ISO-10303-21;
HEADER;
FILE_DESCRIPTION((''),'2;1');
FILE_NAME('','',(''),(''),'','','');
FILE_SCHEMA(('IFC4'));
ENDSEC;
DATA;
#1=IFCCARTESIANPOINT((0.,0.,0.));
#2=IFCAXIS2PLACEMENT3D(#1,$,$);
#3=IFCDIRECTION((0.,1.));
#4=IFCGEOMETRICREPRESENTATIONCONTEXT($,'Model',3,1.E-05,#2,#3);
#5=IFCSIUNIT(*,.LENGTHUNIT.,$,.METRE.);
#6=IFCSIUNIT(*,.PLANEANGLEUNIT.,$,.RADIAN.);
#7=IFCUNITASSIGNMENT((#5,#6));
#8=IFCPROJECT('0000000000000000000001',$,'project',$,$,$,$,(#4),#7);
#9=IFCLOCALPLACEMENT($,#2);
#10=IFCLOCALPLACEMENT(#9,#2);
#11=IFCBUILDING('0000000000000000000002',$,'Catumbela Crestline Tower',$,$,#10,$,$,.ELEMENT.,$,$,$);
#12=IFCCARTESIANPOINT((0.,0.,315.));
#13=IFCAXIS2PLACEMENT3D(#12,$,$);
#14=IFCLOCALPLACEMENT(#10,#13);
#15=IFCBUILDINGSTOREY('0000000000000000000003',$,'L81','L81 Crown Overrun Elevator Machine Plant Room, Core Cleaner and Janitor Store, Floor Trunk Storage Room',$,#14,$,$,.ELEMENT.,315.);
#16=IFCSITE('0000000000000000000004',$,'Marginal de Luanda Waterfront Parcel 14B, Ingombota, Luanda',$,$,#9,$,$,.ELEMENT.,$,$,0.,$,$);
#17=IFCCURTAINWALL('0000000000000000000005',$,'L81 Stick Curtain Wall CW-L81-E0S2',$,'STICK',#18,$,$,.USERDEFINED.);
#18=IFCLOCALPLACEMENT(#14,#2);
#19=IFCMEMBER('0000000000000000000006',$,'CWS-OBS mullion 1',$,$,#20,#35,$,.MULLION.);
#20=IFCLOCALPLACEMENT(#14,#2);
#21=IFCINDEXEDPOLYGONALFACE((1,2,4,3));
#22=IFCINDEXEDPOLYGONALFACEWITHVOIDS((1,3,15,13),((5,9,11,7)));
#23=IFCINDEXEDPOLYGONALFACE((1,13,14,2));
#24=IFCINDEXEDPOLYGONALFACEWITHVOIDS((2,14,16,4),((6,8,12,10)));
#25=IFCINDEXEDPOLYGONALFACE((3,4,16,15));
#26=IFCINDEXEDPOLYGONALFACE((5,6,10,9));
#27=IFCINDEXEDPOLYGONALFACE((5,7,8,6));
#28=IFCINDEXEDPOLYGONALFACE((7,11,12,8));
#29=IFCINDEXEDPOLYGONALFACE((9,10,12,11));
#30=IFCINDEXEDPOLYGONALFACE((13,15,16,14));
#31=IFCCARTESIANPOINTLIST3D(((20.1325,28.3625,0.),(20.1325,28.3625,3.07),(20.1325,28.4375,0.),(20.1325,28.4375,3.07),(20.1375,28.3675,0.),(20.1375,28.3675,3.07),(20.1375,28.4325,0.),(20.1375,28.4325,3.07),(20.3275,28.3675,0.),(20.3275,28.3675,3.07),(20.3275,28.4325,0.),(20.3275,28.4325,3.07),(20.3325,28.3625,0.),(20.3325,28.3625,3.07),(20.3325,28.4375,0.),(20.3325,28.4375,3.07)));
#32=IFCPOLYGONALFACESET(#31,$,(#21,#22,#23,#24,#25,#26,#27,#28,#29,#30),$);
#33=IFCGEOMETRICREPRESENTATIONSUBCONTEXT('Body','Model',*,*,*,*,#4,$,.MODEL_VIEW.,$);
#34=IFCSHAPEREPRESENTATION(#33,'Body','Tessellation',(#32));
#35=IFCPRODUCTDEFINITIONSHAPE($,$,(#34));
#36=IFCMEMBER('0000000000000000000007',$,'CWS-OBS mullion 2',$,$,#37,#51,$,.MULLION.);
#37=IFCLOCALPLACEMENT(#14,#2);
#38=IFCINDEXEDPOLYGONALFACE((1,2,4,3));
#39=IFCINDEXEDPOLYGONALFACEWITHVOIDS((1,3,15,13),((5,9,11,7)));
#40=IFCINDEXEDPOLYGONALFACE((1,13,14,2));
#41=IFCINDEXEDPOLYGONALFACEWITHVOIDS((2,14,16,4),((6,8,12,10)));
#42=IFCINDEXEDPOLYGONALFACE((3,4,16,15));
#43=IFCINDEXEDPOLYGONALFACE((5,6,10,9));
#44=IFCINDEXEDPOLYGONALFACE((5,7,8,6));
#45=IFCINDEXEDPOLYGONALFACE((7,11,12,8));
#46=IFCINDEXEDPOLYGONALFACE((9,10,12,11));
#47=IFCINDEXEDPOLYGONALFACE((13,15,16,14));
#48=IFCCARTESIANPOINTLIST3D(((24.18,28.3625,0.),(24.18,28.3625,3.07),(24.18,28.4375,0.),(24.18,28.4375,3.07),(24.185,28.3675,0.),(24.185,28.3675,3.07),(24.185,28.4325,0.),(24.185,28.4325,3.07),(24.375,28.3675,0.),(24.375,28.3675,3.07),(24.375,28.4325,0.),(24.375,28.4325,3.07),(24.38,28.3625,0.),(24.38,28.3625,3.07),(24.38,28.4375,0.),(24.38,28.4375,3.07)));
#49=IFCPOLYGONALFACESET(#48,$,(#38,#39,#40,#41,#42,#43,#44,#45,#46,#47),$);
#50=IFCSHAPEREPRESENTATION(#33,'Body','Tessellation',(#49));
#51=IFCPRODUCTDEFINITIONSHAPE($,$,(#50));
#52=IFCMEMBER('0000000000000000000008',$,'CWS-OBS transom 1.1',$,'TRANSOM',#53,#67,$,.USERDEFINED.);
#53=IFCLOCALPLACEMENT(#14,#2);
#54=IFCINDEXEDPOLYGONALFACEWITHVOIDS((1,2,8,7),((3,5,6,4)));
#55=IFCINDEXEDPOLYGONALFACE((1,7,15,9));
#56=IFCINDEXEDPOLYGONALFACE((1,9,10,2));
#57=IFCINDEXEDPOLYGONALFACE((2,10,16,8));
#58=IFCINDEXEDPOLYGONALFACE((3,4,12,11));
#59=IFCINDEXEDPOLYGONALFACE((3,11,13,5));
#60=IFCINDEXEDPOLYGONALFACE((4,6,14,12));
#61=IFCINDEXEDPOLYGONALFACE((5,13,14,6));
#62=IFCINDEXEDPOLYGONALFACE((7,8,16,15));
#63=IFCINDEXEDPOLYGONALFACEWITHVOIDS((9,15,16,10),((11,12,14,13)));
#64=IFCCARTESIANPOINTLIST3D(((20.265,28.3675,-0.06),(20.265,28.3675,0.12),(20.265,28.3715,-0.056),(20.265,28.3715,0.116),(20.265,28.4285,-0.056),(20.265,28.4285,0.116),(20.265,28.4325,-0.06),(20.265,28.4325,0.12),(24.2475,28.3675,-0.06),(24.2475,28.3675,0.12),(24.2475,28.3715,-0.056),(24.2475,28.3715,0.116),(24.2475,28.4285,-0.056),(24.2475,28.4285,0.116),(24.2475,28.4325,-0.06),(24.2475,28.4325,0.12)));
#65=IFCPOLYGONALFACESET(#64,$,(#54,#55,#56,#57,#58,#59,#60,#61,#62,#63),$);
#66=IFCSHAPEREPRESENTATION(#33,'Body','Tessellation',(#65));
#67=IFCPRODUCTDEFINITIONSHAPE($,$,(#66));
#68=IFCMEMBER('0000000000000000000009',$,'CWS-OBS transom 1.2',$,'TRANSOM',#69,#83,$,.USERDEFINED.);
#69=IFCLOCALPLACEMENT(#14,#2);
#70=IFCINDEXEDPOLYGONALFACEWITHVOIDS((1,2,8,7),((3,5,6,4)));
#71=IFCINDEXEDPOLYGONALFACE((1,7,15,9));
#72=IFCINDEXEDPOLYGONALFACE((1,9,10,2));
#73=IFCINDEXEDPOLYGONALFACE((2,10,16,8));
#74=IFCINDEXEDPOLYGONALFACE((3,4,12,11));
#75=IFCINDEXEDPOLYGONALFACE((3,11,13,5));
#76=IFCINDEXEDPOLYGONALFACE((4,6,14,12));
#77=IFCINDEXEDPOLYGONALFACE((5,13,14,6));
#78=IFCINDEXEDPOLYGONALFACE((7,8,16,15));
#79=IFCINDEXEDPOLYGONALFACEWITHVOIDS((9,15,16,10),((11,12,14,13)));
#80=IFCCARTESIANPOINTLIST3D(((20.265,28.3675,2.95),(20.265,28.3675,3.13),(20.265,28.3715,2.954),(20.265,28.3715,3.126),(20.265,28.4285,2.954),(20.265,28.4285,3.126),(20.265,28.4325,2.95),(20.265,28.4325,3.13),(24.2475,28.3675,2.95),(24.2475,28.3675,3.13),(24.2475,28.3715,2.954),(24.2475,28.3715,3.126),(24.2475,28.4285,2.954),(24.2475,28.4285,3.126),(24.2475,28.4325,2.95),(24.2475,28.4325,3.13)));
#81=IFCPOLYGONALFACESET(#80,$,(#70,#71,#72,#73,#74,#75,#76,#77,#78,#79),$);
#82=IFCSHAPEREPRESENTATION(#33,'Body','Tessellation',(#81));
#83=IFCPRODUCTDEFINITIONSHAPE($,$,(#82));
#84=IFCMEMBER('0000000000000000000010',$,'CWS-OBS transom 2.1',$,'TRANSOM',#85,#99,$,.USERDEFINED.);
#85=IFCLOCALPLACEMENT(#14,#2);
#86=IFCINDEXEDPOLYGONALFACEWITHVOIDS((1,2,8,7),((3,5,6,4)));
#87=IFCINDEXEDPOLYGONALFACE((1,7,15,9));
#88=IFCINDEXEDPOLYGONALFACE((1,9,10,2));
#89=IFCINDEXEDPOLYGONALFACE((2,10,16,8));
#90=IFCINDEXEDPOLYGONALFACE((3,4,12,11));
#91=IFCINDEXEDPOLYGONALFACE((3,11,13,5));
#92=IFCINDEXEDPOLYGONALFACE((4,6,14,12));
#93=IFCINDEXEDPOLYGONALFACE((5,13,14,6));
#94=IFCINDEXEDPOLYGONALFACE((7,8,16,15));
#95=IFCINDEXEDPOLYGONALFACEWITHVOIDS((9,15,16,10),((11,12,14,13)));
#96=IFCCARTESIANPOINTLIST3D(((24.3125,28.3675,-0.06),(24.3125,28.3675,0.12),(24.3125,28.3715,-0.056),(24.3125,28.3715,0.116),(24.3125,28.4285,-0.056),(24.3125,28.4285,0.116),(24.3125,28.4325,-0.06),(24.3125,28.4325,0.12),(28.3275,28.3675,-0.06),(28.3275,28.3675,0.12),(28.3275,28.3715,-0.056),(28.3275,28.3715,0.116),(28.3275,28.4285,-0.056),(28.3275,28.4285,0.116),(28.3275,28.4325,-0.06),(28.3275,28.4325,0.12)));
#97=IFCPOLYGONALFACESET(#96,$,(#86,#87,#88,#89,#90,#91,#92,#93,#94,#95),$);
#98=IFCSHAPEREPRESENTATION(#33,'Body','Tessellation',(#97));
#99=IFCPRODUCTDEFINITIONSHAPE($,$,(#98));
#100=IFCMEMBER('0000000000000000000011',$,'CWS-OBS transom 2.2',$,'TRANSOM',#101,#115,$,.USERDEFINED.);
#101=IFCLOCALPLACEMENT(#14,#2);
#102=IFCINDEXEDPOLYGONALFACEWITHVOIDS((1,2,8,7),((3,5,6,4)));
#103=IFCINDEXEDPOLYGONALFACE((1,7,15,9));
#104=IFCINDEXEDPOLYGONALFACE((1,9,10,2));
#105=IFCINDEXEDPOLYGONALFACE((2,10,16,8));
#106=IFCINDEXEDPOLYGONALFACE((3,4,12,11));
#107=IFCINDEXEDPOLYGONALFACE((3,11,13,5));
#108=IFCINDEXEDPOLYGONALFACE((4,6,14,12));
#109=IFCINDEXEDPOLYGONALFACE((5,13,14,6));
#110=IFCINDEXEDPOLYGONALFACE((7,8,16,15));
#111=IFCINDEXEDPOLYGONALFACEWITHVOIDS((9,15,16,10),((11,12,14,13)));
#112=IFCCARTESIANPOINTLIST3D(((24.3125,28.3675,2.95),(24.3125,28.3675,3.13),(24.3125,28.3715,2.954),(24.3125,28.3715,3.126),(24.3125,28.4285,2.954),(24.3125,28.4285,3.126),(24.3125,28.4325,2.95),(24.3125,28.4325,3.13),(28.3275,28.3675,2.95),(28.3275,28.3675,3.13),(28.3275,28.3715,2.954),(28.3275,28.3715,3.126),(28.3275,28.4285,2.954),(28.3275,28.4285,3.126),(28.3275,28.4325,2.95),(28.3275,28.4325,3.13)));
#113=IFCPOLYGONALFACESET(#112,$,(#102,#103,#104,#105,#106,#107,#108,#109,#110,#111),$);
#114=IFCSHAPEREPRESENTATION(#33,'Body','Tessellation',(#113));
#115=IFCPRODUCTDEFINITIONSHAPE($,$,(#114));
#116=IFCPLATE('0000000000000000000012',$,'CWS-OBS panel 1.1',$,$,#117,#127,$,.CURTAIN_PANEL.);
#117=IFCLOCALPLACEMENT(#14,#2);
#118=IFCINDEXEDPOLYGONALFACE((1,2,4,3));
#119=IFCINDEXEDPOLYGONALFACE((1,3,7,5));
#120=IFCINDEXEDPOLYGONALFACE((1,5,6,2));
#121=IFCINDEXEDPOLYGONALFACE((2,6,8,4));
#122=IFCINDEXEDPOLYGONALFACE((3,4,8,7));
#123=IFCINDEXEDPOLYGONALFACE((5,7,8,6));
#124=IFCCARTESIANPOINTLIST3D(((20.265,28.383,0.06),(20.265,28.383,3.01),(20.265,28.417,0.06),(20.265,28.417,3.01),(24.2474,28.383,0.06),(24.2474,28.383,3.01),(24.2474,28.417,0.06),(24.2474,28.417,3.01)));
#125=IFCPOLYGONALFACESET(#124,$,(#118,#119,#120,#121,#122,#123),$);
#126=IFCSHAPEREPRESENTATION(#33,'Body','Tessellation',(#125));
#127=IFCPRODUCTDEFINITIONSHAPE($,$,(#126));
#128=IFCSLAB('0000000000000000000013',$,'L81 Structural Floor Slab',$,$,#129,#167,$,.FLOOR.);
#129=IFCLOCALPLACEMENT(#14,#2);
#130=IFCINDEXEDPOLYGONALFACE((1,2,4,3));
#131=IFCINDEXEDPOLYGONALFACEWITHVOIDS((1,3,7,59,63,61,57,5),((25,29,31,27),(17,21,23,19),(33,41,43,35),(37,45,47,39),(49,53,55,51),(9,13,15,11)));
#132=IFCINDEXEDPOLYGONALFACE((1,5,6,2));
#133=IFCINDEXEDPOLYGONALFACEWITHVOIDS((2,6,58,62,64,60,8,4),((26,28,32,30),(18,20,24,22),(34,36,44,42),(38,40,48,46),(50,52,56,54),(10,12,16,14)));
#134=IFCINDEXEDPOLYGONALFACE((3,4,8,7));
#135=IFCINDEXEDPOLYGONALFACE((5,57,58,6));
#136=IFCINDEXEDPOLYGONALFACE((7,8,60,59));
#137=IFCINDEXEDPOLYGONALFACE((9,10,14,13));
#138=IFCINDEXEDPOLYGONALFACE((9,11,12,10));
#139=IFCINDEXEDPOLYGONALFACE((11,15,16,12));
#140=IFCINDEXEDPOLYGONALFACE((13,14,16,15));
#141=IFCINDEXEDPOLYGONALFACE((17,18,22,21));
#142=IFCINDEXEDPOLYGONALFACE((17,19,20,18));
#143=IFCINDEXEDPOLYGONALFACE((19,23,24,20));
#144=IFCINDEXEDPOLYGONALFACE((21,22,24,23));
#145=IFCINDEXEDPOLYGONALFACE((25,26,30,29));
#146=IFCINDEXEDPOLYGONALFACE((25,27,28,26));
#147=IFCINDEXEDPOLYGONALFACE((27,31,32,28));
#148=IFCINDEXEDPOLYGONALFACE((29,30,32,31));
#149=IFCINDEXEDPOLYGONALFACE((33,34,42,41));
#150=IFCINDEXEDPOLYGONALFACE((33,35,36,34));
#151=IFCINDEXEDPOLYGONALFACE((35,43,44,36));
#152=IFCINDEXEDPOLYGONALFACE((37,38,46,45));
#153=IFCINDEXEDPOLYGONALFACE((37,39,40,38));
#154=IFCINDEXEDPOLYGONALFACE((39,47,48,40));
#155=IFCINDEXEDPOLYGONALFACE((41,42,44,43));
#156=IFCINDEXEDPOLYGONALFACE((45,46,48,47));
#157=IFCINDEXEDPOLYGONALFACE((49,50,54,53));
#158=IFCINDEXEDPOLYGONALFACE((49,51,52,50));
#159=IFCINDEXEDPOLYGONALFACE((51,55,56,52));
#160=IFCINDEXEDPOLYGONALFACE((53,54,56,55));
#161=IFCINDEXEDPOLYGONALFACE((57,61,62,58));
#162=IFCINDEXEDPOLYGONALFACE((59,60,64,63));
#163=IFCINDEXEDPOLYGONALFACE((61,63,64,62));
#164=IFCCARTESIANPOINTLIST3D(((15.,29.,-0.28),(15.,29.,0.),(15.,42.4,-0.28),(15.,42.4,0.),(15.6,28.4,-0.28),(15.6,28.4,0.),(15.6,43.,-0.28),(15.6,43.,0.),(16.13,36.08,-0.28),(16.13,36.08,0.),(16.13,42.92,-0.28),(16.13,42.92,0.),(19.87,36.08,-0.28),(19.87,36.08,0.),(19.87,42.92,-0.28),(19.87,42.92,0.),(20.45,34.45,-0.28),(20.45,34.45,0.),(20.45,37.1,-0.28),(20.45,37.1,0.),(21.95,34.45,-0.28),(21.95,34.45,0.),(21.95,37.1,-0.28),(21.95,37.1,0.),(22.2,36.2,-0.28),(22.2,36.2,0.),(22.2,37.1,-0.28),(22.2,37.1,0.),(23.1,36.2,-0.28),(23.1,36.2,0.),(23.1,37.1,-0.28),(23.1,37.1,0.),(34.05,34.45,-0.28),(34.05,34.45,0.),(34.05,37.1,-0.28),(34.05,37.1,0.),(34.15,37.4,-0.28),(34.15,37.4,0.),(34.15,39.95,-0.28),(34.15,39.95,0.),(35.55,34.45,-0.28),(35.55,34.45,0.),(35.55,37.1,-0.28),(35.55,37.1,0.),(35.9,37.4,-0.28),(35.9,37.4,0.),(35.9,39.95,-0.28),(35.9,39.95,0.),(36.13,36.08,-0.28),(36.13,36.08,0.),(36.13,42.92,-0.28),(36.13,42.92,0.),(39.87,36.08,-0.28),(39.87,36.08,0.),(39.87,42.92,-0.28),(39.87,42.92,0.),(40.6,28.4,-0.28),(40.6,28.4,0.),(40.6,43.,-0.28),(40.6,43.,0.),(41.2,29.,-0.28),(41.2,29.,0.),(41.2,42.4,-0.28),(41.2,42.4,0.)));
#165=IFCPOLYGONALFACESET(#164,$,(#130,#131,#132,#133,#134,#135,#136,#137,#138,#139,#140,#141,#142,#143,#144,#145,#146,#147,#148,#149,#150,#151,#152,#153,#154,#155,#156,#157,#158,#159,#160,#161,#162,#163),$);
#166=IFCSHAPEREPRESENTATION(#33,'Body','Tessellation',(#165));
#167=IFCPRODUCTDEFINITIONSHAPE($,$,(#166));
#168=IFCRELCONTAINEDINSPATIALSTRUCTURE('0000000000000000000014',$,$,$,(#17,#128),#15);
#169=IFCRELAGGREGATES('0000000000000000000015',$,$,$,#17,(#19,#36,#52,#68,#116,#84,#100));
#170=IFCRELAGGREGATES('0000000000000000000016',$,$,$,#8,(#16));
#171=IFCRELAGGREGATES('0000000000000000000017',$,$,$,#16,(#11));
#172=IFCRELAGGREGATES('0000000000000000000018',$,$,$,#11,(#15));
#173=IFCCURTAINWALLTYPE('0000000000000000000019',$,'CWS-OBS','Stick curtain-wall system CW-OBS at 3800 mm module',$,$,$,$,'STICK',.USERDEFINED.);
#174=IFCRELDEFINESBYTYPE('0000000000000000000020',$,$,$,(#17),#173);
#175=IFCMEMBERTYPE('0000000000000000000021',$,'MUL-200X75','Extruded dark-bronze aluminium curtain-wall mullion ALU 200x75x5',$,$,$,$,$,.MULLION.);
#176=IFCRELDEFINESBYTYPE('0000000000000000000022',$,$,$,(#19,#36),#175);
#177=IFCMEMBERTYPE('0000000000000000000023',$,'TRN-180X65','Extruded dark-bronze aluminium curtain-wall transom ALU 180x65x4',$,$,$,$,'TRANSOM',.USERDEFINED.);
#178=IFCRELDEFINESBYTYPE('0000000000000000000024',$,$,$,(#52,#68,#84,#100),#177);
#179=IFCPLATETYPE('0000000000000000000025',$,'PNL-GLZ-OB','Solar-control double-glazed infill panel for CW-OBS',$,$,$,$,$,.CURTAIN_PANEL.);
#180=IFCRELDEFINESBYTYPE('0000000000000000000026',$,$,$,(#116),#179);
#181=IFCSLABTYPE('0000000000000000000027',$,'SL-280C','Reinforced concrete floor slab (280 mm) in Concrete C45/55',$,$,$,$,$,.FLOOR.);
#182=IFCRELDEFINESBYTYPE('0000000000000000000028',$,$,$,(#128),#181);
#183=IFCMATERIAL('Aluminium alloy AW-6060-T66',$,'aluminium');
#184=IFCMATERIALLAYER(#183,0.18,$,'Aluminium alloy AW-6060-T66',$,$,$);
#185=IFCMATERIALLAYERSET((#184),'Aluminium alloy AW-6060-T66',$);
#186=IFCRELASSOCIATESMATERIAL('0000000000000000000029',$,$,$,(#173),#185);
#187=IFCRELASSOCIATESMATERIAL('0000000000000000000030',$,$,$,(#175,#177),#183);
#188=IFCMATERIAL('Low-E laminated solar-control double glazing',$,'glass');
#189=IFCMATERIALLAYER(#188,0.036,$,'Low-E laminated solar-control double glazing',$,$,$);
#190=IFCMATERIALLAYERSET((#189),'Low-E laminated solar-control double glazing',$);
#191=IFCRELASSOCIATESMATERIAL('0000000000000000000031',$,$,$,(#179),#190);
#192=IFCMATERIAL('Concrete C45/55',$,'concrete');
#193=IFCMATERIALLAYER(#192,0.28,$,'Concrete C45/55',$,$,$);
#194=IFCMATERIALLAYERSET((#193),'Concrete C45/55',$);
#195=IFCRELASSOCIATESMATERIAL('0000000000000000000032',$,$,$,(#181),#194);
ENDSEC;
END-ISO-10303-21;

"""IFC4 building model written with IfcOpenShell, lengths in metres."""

from ifc_helpers import new_model, si_unit, direction, frame, origin, origin_2d, place, context, subcontext, project, spatial, polyline, rectangle, hollow_rectangle, outline, extrude, material, layer, layer_set, material_profile, profile_set, type_object, element, aggregate, save


model = new_model("IFC4")

# Units and contexts
model_context = context("Model", 3, precision=1e-05, world=origin(), true_north=direction((0.0, 1.0)))
body_context = subcontext(model_context, "Body", "Model", "MODEL_VIEW")
ifc_project = project(units=[si_unit("LENGTHUNIT", "METRE"), si_unit("PLANEANGLEUNIT", "RADIAN")], contexts=[model_context])

# Site, building, storey
site_placement = place(None, origin())
site = spatial("IfcSite", under=ifc_project, at=site_placement, Name="Marginal de Luanda Waterfront Parcel 14B, Ingombota, Luanda", CompositionType="ELEMENT", RefElevation=0.0)
building_placement = place(site_placement, origin())
building = spatial("IfcBuilding", under=site, at=building_placement, Name="Catumbela Crestline Tower", CompositionType="ELEMENT")
storey_placement = place(building_placement, frame((0.0, 0.0, 315.0)))
storey = spatial("IfcBuildingStorey", under=building, at=storey_placement, Name="L81", Description="L81 Crown Overrun Elevator Machine Plant Room, Core Cleaner and Janitor Store, Floor Trunk Storage Room", CompositionType="ELEMENT", Elevation=315.0)

# Curtain wall, members, plate
ifc_material_1 = material(Name="Aluminium alloy AW-6060-T66", Category="aluminium")
ifc_layer_1 = layer(ifc_material_1, 0.18, Name="Aluminium alloy AW-6060-T66")
ifc_layer_set_1 = layer_set([ifc_layer_1], Name="Aluminium alloy AW-6060-T66")
curtain_wall_type = type_object("IfcCurtainWallType", Name="CWS-OBS", Description="Stick curtain-wall system CW-OBS at 3800 mm module", ElementType="STICK", PredefinedType="USERDEFINED", material=ifc_layer_set_1)
curtain_wall_placement = place(storey_placement, origin())
curtain_wall = element("IfcCurtainWall", 1, at=curtain_wall_placement, inside=storey, type_object=curtain_wall_type, Name="L81 Stick Curtain Wall CW-L81-E0S2", ObjectType="STICK", PredefinedType="USERDEFINED")
ifc_material_profile_1 = material_profile(ifc_material_1, hollow_rectangle(XDim=0.075, YDim=0.2, WallThickness=0.005, at=origin_2d()), Name="ALU 200x75x5")
ifc_profile_set_1 = profile_set([ifc_material_profile_1], Name="Aluminium alloy AW-6060-T66")
member_type_1 = type_object("IfcMemberType", Name="MUL-200X75", Description="Extruded dark-bronze aluminium curtain-wall mullion ALU 200x75x5", PredefinedType="MULLION", material=ifc_profile_set_1)
member_1_placement = place(storey_placement, frame((20.2325, 28.4, 0.0), z_axis=(0.0, 0.0, 1.0), x_axis=(0.0, 1.0, 0.0)))
member_1 = element("IfcMember", 2, at=member_1_placement, type_object=member_type_1, Name="CWS-OBS mullion 1", PredefinedType="MULLION", context=body_context, shape_type="SweptSolid", body=[
    extrude(hollow_rectangle(XDim=0.075, YDim=0.2, WallThickness=0.005, at=origin_2d()), origin(), (0.0, 0.0, 1.0), 3.07),
])
member_2_placement = place(storey_placement, frame((24.28, 28.4, 0.0), z_axis=(0.0, 0.0, 1.0), x_axis=(0.0, 1.0, 0.0)))
member_2 = element("IfcMember", 3, at=member_2_placement, type_object=member_type_1, Name="CWS-OBS mullion 2", PredefinedType="MULLION", context=body_context, shape_type="SweptSolid", body=[
    extrude(hollow_rectangle(XDim=0.075, YDim=0.2, WallThickness=0.005, at=origin_2d()), origin(), (0.0, 0.0, 1.0), 3.07),
])
ifc_material_profile_2 = material_profile(ifc_material_1, hollow_rectangle(XDim=0.065, YDim=0.18, WallThickness=0.004, at=origin_2d()), Name="ALU 180x65x4")
ifc_profile_set_2 = profile_set([ifc_material_profile_2], Name="Aluminium alloy AW-6060-T66")
member_type_2 = type_object("IfcMemberType", Name="TRN-180X65", Description="Extruded dark-bronze aluminium curtain-wall transom ALU 180x65x4", ElementType="TRANSOM", PredefinedType="USERDEFINED", material=ifc_profile_set_2)
member_3_placement = place(storey_placement, frame((20.265, 28.4, 0.03), z_axis=(1.0, 0.0, 0.0), x_axis=(0.0, 1.0, 0.0)))
member_3 = element("IfcMember", 4, at=member_3_placement, type_object=member_type_2, Name="CWS-OBS transom 1.1", ObjectType="TRANSOM", PredefinedType="USERDEFINED", context=body_context, shape_type="SweptSolid", body=[
    extrude(hollow_rectangle(XDim=0.065, YDim=0.18, WallThickness=0.004, at=origin_2d()), origin(), (0.0, 0.0, 1.0), 3.9825),
])
member_4_placement = place(storey_placement, frame((20.265, 28.4, 3.04), z_axis=(1.0, 0.0, 0.0), x_axis=(0.0, 1.0, 0.0)))
member_4 = element("IfcMember", 5, at=member_4_placement, type_object=member_type_2, Name="CWS-OBS transom 1.2", ObjectType="TRANSOM", PredefinedType="USERDEFINED", context=body_context, shape_type="SweptSolid", body=[
    extrude(hollow_rectangle(XDim=0.065, YDim=0.18, WallThickness=0.004, at=origin_2d()), origin(), (0.0, 0.0, 1.0), 3.9825),
])
member_5_placement = place(storey_placement, frame((24.3125, 28.4, 0.03), z_axis=(1.0, 0.0, 0.0), x_axis=(0.0, 1.0, 0.0)))
member_5 = element("IfcMember", 6, at=member_5_placement, type_object=member_type_2, Name="CWS-OBS transom 2.1", ObjectType="TRANSOM", PredefinedType="USERDEFINED", context=body_context, shape_type="SweptSolid", body=[
    extrude(hollow_rectangle(XDim=0.065, YDim=0.18, WallThickness=0.004, at=origin_2d()), origin(), (0.0, 0.0, 1.0), 4.015),
])
member_6_placement = place(storey_placement, frame((24.3125, 28.4, 3.04), z_axis=(1.0, 0.0, 0.0), x_axis=(0.0, 1.0, 0.0)))
member_6 = element("IfcMember", 7, at=member_6_placement, type_object=member_type_2, Name="CWS-OBS transom 2.2", ObjectType="TRANSOM", PredefinedType="USERDEFINED", context=body_context, shape_type="SweptSolid", body=[
    extrude(hollow_rectangle(XDim=0.065, YDim=0.18, WallThickness=0.004, at=origin_2d()), origin(), (0.0, 0.0, 1.0), 4.015),
])
ifc_material_2 = material(Name="Low-E laminated solar-control double glazing", Category="glass")
ifc_layer_2 = layer(ifc_material_2, 0.036, Name="Low-E laminated solar-control double glazing")
ifc_layer_set_2 = layer_set([ifc_layer_2], Name="Low-E laminated solar-control double glazing")
plate_type = type_object("IfcPlateType", Name="PNL-GLZ-OB", Description="Solar-control double-glazed infill panel for CW-OBS", PredefinedType="CURTAIN_PANEL", material=ifc_layer_set_2)
plate_placement = place(storey_placement, frame((22.2562, 28.4, 0.06), z_axis=(0.0, 0.0, 1.0), x_axis=(1.0, 0.0, 0.0)))
plate = element("IfcPlate", 8, at=plate_placement, type_object=plate_type, Name="CWS-OBS panel 1.1", PredefinedType="CURTAIN_PANEL", context=body_context, shape_type="SweptSolid", body=[
    extrude(rectangle(XDim=3.9825, YDim=0.034, at=origin_2d()), origin(), (0.0, 0.0, 1.0), 2.95),
])
aggregate(curtain_wall, [member_1, member_2, member_3, member_4, plate, member_5, member_6])

# Slab
ifc_material_3 = material(Name="Concrete C45/55", Category="concrete")
ifc_layer_3 = layer(ifc_material_3, 0.28, Name="Concrete C45/55")
ifc_layer_set_3 = layer_set([ifc_layer_3], Name="Concrete C45/55")
slab_type_1 = type_object("IfcSlabType", Name="SL-280C", Description="Reinforced concrete floor slab (280 mm) in Concrete C45/55", PredefinedType="FLOOR", material=ifc_layer_set_3)
slab_1_placement = place(storey_placement, frame((0.0, 0.0, -0.28)))
element("IfcSlab", 9, at=slab_1_placement, inside=storey, type_object=slab_type_1, Name="L81 Structural Floor Slab", PredefinedType="FLOOR", context=body_context, shape_type="SweptSolid", body=[
    extrude(outline(polyline([(15.6, 28.4), (40.6, 28.4), (41.2, 29.0), (41.2, 42.4), (40.6, 43.0), (15.6, 43.0), (15.0, 42.4), (15.0, 29.0), (15.6, 28.4)]), holes=[polyline([(16.13, 36.08), (19.87, 36.08), (19.87, 42.92), (16.13, 42.92), (16.13, 36.08)]), polyline([(36.13, 36.08), (39.87, 36.08), (39.87, 42.92), (36.13, 42.92), (36.13, 36.08)]), polyline([(20.45, 34.45), (21.95, 34.45), (21.95, 37.1), (20.45, 37.1), (20.45, 34.45)]), polyline([(34.05, 34.45), (35.55, 34.45), (35.55, 37.1), (34.05, 37.1), (34.05, 34.45)]), polyline([(34.15, 37.4), (35.9, 37.4), (35.9, 39.95), (34.15, 39.95), (34.15, 37.4)]), polyline([(22.2, 36.2), (23.1, 36.2), (23.1, 37.1), (22.2, 37.1), (22.2, 36.2)])]), origin(), (0.0, 0.0, 1.0), 0.28),
])

save(model, "model.ifc")
